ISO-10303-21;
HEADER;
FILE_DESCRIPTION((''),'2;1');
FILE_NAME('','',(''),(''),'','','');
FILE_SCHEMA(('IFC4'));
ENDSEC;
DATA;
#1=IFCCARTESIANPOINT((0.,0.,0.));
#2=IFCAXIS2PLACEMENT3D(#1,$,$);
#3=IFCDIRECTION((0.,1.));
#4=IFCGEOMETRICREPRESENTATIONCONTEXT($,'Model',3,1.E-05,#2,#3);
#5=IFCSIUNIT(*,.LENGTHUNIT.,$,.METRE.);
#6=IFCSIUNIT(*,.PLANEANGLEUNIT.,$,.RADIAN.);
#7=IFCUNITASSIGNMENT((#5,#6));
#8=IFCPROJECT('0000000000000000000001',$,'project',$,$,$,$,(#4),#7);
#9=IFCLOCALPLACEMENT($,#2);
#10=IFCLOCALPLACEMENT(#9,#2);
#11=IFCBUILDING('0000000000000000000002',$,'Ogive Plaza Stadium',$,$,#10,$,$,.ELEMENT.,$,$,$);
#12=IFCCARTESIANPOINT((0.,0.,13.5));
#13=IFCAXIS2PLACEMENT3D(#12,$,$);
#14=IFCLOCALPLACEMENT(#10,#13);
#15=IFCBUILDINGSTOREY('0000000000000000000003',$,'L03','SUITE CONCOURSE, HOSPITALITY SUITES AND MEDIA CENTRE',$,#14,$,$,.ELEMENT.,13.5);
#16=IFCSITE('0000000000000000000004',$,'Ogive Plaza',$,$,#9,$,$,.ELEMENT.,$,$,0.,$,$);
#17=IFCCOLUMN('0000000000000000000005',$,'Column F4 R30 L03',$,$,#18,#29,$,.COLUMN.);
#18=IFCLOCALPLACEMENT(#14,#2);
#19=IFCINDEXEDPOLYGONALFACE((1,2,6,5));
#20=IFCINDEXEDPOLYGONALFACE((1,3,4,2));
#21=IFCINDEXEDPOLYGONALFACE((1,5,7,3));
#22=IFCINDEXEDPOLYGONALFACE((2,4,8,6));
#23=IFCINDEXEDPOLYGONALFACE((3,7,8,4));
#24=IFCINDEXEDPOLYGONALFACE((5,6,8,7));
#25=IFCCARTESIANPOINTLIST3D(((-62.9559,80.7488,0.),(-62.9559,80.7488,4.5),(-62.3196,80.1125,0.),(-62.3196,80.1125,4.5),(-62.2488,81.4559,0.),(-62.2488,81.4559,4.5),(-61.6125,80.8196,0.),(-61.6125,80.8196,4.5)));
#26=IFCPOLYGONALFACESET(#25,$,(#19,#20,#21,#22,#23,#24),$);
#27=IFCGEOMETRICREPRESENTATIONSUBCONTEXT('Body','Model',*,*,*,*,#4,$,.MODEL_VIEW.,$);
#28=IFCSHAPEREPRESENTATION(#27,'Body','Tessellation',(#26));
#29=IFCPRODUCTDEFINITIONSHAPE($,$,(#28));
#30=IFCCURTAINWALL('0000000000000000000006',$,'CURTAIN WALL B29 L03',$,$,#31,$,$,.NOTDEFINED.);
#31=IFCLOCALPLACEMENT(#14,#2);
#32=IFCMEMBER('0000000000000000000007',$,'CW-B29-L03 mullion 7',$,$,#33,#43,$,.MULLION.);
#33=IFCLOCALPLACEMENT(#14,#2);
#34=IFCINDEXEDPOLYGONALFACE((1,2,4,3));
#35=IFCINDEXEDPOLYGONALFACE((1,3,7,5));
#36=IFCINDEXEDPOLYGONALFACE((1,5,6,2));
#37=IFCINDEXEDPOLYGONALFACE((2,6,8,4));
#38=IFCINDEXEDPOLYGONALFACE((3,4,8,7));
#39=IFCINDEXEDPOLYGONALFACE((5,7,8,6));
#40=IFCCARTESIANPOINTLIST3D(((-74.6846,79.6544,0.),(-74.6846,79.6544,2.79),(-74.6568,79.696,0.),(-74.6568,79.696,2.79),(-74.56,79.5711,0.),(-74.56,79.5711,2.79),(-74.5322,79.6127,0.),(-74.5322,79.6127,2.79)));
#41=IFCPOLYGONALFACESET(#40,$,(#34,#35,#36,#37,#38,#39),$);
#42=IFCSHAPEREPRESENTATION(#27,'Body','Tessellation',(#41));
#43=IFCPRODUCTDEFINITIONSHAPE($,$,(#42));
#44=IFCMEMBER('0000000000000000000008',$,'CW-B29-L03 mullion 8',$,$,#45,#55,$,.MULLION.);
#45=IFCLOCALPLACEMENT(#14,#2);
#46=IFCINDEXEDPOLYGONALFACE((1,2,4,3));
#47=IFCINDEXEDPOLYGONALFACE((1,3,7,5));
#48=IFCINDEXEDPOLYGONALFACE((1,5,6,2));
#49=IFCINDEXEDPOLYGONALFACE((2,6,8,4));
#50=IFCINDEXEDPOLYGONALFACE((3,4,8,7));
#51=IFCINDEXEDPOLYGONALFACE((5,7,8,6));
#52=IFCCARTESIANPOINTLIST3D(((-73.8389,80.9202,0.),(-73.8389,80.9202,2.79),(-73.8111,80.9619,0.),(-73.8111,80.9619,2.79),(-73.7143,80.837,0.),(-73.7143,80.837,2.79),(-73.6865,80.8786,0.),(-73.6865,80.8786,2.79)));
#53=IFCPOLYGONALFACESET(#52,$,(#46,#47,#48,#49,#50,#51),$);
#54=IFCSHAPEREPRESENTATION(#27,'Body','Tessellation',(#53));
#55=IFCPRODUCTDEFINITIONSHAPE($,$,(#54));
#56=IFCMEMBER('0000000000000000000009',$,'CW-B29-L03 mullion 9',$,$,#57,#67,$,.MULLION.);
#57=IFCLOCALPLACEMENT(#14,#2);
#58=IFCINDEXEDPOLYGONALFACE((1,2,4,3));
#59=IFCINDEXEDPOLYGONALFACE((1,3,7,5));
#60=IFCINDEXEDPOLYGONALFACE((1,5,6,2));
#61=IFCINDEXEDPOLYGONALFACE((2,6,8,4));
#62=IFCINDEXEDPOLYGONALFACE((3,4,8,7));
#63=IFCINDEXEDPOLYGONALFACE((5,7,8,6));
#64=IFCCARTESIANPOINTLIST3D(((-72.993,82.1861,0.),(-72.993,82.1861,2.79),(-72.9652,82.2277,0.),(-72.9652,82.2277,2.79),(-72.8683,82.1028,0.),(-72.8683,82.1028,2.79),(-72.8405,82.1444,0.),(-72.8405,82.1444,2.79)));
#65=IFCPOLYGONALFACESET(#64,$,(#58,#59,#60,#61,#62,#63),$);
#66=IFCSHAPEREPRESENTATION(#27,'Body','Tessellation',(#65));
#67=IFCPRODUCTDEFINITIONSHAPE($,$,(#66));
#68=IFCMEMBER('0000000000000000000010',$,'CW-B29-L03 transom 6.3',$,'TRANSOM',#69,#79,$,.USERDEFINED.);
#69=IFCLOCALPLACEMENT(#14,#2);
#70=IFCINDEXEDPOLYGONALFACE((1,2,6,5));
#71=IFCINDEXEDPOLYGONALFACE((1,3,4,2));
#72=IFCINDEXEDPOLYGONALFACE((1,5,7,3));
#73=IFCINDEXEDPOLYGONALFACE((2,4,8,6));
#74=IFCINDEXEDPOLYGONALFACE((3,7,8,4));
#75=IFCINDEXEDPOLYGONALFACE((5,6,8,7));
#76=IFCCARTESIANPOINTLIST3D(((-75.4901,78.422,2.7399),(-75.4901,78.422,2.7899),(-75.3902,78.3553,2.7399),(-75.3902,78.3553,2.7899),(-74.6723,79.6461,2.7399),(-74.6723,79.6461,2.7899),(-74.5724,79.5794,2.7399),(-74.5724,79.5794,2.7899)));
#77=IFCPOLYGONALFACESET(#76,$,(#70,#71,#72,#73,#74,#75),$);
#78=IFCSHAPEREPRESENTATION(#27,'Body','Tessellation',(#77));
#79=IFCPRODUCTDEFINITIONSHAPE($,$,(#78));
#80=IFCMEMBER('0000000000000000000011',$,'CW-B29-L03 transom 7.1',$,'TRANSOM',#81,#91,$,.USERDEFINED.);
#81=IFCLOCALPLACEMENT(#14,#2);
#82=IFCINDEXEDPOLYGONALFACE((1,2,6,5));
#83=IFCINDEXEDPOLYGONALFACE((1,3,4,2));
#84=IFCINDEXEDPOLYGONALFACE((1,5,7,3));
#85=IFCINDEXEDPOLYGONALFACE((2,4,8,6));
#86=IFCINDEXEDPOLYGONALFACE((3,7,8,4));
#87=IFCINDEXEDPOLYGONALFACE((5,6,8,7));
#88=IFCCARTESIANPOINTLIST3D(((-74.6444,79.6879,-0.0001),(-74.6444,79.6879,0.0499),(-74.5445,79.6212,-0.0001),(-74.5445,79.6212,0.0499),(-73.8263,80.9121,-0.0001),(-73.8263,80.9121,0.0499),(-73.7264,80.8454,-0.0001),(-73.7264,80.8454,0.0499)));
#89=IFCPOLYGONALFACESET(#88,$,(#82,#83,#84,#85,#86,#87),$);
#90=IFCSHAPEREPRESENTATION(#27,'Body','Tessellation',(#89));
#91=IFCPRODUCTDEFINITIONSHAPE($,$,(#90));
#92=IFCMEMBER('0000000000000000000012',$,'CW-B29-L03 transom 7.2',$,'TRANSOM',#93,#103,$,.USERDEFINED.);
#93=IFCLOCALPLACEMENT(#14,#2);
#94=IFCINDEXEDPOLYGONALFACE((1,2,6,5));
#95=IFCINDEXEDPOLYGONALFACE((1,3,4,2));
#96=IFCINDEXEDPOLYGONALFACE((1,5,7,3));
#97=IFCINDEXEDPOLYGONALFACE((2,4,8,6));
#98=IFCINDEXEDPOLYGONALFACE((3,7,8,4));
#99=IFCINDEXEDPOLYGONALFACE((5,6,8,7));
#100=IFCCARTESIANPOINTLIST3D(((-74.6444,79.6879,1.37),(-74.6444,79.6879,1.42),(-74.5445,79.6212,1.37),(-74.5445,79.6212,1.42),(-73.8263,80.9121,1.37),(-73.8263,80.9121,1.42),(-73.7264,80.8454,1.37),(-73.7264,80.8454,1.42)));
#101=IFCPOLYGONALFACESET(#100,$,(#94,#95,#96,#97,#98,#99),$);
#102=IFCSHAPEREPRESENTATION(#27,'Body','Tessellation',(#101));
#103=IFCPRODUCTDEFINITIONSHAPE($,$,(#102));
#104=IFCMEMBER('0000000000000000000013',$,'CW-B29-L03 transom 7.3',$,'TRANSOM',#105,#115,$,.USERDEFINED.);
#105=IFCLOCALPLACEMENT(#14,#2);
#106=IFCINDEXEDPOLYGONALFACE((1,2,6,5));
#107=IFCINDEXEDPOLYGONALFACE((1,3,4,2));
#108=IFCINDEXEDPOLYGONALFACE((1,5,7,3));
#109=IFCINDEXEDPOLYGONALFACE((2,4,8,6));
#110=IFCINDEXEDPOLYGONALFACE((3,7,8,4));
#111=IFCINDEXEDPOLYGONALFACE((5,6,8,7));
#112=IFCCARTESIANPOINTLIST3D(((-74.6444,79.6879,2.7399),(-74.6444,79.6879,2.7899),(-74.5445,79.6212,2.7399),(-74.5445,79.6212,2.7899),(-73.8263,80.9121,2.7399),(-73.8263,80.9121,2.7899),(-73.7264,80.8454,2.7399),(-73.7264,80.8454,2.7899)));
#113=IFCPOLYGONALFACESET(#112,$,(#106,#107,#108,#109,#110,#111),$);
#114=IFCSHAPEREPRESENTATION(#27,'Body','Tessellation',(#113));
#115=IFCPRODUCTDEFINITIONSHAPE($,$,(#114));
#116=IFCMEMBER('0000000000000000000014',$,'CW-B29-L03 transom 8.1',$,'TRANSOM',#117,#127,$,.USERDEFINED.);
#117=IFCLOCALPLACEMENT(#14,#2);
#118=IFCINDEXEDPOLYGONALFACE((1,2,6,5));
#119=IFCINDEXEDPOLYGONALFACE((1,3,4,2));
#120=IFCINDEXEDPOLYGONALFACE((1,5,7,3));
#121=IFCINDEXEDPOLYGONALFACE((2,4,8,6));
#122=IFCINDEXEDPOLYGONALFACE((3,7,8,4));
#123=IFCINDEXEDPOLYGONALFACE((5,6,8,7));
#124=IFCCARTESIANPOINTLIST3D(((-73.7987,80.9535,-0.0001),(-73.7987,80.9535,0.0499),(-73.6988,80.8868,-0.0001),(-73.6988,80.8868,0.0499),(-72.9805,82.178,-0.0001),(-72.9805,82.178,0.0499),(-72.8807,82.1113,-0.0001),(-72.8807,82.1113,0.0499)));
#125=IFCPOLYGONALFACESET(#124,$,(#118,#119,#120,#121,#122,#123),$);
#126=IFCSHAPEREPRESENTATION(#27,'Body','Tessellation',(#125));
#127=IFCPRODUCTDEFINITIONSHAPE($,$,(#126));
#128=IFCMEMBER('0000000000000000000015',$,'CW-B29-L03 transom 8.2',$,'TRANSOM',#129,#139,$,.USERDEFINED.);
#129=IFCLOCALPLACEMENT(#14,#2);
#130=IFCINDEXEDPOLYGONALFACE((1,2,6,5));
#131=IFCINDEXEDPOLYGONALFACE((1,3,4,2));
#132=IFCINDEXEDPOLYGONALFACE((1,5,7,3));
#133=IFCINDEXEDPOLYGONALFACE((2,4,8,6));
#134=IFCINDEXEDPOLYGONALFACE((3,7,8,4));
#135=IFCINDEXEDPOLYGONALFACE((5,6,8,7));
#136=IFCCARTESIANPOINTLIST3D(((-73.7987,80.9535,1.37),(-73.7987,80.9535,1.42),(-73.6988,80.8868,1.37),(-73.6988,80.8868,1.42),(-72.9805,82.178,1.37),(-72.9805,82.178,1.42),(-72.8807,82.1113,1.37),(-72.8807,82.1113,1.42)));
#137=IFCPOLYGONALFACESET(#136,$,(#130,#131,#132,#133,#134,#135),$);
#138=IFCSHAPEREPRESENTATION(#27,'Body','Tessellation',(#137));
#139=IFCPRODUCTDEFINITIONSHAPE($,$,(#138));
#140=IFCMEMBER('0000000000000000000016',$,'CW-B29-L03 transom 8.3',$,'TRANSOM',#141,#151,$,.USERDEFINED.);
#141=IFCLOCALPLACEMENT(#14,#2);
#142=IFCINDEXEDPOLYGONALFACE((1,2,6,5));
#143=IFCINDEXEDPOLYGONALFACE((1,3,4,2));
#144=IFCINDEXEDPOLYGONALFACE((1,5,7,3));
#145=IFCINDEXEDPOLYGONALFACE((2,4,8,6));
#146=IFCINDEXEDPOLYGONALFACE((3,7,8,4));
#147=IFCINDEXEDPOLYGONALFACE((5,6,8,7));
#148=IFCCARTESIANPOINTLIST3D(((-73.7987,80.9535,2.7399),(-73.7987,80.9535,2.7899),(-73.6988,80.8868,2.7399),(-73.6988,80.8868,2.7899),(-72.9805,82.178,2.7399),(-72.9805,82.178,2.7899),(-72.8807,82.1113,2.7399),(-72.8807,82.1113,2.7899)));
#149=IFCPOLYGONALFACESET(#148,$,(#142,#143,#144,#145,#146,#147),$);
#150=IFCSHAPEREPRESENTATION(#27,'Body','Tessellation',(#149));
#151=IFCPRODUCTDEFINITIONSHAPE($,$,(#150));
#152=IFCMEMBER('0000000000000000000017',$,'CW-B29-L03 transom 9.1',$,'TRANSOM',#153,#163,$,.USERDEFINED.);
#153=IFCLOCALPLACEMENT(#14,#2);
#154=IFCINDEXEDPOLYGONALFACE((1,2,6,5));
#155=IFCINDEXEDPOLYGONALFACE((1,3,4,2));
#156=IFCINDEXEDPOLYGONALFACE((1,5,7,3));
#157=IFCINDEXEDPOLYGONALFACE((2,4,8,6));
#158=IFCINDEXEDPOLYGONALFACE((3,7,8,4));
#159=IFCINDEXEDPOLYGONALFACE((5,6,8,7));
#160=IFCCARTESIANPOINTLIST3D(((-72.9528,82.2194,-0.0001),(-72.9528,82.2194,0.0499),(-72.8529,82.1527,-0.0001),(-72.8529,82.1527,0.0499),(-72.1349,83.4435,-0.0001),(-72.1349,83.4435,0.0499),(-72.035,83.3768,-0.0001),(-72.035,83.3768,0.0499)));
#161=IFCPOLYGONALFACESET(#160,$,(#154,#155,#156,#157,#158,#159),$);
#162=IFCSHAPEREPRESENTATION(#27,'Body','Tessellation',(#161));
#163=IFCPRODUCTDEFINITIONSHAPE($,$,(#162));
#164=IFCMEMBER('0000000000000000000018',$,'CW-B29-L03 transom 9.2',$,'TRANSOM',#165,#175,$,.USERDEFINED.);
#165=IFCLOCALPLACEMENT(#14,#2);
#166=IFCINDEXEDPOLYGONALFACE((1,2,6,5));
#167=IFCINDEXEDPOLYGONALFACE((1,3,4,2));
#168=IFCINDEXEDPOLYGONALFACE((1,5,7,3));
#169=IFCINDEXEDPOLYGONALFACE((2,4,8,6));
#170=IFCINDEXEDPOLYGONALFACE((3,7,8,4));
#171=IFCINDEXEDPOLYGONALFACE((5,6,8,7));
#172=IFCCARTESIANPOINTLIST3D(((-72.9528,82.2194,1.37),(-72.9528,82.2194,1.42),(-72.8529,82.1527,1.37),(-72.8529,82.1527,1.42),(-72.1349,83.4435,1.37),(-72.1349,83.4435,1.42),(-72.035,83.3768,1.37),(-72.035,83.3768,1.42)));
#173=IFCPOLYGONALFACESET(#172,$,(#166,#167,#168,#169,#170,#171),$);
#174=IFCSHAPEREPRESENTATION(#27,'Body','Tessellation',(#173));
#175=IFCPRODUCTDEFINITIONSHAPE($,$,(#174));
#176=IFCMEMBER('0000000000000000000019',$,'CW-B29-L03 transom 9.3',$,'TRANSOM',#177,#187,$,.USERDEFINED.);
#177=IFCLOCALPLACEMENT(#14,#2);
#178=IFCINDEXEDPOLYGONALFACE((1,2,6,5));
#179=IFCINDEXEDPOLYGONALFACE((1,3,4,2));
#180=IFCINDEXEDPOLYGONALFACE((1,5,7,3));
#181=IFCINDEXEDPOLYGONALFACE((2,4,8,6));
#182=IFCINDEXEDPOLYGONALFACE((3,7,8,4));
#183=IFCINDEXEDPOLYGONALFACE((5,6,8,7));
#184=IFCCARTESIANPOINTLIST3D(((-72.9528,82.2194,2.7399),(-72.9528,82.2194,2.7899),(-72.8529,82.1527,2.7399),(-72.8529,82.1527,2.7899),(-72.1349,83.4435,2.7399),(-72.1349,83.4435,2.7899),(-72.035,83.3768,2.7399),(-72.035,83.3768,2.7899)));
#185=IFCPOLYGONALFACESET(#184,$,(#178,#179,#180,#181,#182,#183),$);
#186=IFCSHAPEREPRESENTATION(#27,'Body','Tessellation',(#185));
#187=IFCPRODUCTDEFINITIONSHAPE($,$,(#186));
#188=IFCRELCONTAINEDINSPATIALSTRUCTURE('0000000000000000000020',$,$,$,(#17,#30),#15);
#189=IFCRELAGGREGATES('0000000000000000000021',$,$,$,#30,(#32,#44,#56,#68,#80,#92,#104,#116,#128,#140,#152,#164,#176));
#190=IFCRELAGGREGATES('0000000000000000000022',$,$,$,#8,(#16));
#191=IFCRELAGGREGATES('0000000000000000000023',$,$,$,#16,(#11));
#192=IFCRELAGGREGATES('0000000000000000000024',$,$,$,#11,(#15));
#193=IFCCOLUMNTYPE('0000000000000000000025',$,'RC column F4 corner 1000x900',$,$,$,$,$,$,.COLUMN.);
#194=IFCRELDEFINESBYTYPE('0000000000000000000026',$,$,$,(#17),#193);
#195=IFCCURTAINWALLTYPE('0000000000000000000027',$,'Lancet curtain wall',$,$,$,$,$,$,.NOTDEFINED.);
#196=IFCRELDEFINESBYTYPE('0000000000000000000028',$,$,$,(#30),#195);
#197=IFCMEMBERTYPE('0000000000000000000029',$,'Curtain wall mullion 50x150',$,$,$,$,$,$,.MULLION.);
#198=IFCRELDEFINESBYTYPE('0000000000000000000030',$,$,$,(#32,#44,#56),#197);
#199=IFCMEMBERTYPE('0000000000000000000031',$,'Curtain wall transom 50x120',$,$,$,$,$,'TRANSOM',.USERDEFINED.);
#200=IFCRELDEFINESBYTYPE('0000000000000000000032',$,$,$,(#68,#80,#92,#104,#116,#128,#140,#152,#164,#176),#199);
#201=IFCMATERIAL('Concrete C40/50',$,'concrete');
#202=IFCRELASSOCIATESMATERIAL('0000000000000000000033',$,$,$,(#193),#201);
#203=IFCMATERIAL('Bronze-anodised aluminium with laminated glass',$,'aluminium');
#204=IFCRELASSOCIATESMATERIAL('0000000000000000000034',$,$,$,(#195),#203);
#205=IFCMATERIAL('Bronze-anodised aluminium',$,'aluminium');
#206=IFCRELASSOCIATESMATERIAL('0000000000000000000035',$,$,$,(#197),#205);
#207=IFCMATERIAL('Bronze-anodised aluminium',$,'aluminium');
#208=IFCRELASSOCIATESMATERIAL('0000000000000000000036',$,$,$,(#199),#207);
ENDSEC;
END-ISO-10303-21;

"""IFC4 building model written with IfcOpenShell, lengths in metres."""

from ifc_helpers import new_model, si_unit, direction, frame, origin, origin_2d, place, context, subcontext, project, spatial, rectangle, extrude, material, material_profile, profile_set, type_object, element, aggregate, save


model = new_model("IFC4")

# Units and contexts
model_context = context("Model", 3, precision=1e-05, world=origin(), true_north=direction((0.0, 1.0)))
body_context = subcontext(model_context, "Body", "Model", "MODEL_VIEW")
ifc_project = project(units=[si_unit("LENGTHUNIT", "METRE"), si_unit("PLANEANGLEUNIT", "RADIAN")], contexts=[model_context])

# Site, building, storey
site_placement = place(None, origin())
site = spatial("IfcSite", under=ifc_project, at=site_placement, Name="Ogive Plaza", CompositionType="ELEMENT", RefElevation=0.0)
building_placement = place(site_placement, origin())
building = spatial("IfcBuilding", under=site, at=building_placement, Name="Ogive Plaza Stadium", CompositionType="ELEMENT")
storey_placement = place(building_placement, frame((0.0, 0.0, 13.5)))
storey = spatial("IfcBuildingStorey", under=building, at=storey_placement, Name="L03", Description="SUITE CONCOURSE, HOSPITALITY SUITES AND MEDIA CENTRE", CompositionType="ELEMENT", Elevation=13.5)

# Column
ifc_material_1 = material(Name="Concrete C40/50", Category="concrete")
ifc_material_profile_1 = material_profile(ifc_material_1, rectangle(XDim=1.0, YDim=0.8999, at=origin_2d()), Name="RC 1000x900")
ifc_profile_set_1 = profile_set([ifc_material_profile_1], Name="Concrete C40/50")
column_type = type_object("IfcColumnType", Name="RC column F4 corner 1000x900", PredefinedType="COLUMN", material=ifc_profile_set_1)
column_placement = place(storey_placement, frame((-62.2842, 80.7842, 0.0), z_axis=(0.0, 0.0, 1.0), x_axis=(-0.707107, -0.707107, 0.0)))
element("IfcColumn", 1, at=column_placement, inside=storey, type_object=column_type, Name="Column F4 R30 L03", PredefinedType="COLUMN", context=body_context, shape_type="SweptSolid", body=[
    extrude(rectangle(XDim=1.0, YDim=0.8999, at=origin_2d()), origin(), (0.0, 0.0, 1.0), 4.5),
])

# Curtain wall, members
ifc_material_2 = material(Name="Bronze-anodised aluminium with laminated glass", Category="aluminium")
curtain_wall_type = type_object("IfcCurtainWallType", Name="Lancet curtain wall", PredefinedType="NOTDEFINED", material=ifc_material_2)
curtain_wall_placement = place(storey_placement, origin())
curtain_wall = element("IfcCurtainWall", 2, at=curtain_wall_placement, inside=storey, type_object=curtain_wall_type, Name="CURTAIN WALL B29 L03", PredefinedType="NOTDEFINED")
ifc_material_3 = material(Name="Bronze-anodised aluminium", Category="aluminium")
ifc_material_profile_2 = material_profile(ifc_material_3, rectangle(XDim=0.1499, YDim=0.05, at=origin_2d()), Name="AL 150x50")
ifc_profile_set_2 = profile_set([ifc_material_profile_2], Name="Bronze-anodised aluminium")
member_type_1 = type_object("IfcMemberType", Name="Curtain wall mullion 50x150", PredefinedType="MULLION", material=ifc_profile_set_2)
member_1_placement = place(storey_placement, frame((-74.6084, 79.6335, 0.0), z_axis=(0.0, 0.0, 1.0), x_axis=(-0.83147, 0.55557, 0.0)))
member_1 = element("IfcMember", 3, at=member_1_placement, type_object=member_type_1, Name="CW-B29-L03 mullion 7", PredefinedType="MULLION", context=body_context, shape_type="SweptSolid", body=[
    extrude(rectangle(XDim=0.1499, YDim=0.05, at=origin_2d()), origin(), (0.0, 0.0, 1.0), 2.79),
])
member_2_placement = place(storey_placement, frame((-73.7627, 80.8994, 0.0), z_axis=(0.0, 0.0, 1.0), x_axis=(-0.83147, 0.55557, 0.0)))
member_2 = element("IfcMember", 4, at=member_2_placement, type_object=member_type_1, Name="CW-B29-L03 mullion 8", PredefinedType="MULLION", context=body_context, shape_type="SweptSolid", body=[
    extrude(rectangle(XDim=0.1499, YDim=0.05, at=origin_2d()), origin(), (0.0, 0.0, 1.0), 2.79),
])
member_3_placement = place(storey_placement, frame((-72.9167, 82.1653, 0.0), z_axis=(0.0, 0.0, 1.0), x_axis=(-0.83147, 0.55557, 0.0)))
member_3 = element("IfcMember", 5, at=member_3_placement, type_object=member_type_1, Name="CW-B29-L03 mullion 9", PredefinedType="MULLION", context=body_context, shape_type="SweptSolid", body=[
    extrude(rectangle(XDim=0.1499, YDim=0.05, at=origin_2d()), origin(), (0.0, 0.0, 1.0), 2.79),
])
ifc_material_4 = material(Name="Bronze-anodised aluminium", Category="aluminium")
ifc_material_profile_3 = material_profile(ifc_material_4, rectangle(XDim=0.1201, YDim=0.05, at=origin_2d()), Name="AL 120x50")
ifc_profile_set_3 = profile_set([ifc_material_profile_3], Name="Bronze-anodised aluminium")
member_type_2 = type_object("IfcMemberType", Name="Curtain wall transom 50x120", ElementType="TRANSOM", PredefinedType="USERDEFINED", material=ifc_profile_set_3)
member_4_placement = place(storey_placement, frame((-75.4402, 78.3887, 2.7649), z_axis=(0.555542, 0.831489, 0.0), x_axis=(-0.831489, 0.555542, 0.0)))
member_4 = element("IfcMember", 6, at=member_4_placement, type_object=member_type_2, Name="CW-B29-L03 transom 6.3", ObjectType="TRANSOM", PredefinedType="USERDEFINED", context=body_context, shape_type="SweptSolid", body=[
    extrude(rectangle(XDim=0.1201, YDim=0.05, at=origin_2d()), origin(), (0.0, 0.0, 1.0), 1.4722),
])
member_5_placement = place(storey_placement, frame((-74.5945, 79.6545, 0.0249), z_axis=(0.555656, 0.831412, 0.0), x_axis=(-0.831412, 0.555656, 0.0)))
member_5 = element("IfcMember", 7, at=member_5_placement, type_object=member_type_2, Name="CW-B29-L03 transom 7.1", ObjectType="TRANSOM", PredefinedType="USERDEFINED", context=body_context, shape_type="SweptSolid", body=[
    extrude(rectangle(XDim=0.1201, YDim=0.05, at=origin_2d()), origin(), (0.0, 0.0, 1.0), 1.4724),
])
member_6_placement = place(storey_placement, frame((-74.5945, 79.6545, 1.395), z_axis=(0.555656, 0.831412, 0.0), x_axis=(-0.831412, 0.555656, 0.0)))
member_6 = element("IfcMember", 8, at=member_6_placement, type_object=member_type_2, Name="CW-B29-L03 transom 7.2", ObjectType="TRANSOM", PredefinedType="USERDEFINED", context=body_context, shape_type="SweptSolid", body=[
    extrude(rectangle(XDim=0.1201, YDim=0.05, at=origin_2d()), origin(), (0.0, 0.0, 1.0), 1.4724),
])
member_7_placement = place(storey_placement, frame((-74.5945, 79.6545, 2.7649), z_axis=(0.555656, 0.831412, 0.0), x_axis=(-0.831412, 0.555656, 0.0)))
member_7 = element("IfcMember", 9, at=member_7_placement, type_object=member_type_2, Name="CW-B29-L03 transom 7.3", ObjectType="TRANSOM", PredefinedType="USERDEFINED", context=body_context, shape_type="SweptSolid", body=[
    extrude(rectangle(XDim=0.1201, YDim=0.05, at=origin_2d()), origin(), (0.0, 0.0, 1.0), 1.4724),
])
member_8_placement = place(storey_placement, frame((-73.7488, 80.9202, 0.0249), z_axis=(0.55558, 0.831463, 0.0), x_axis=(-0.831463, 0.55558, 0.0)))
member_8 = element("IfcMember", 10, at=member_8_placement, type_object=member_type_2, Name="CW-B29-L03 transom 8.1", ObjectType="TRANSOM", PredefinedType="USERDEFINED", context=body_context, shape_type="SweptSolid", body=[
    extrude(rectangle(XDim=0.1201, YDim=0.05, at=origin_2d()), origin(), (0.0, 0.0, 1.0), 1.4727),
])
member_9_placement = place(storey_placement, frame((-73.7488, 80.9202, 1.395), z_axis=(0.55558, 0.831463, 0.0), x_axis=(-0.831463, 0.55558, 0.0)))
member_9 = element("IfcMember", 11, at=member_9_placement, type_object=member_type_2, Name="CW-B29-L03 transom 8.2", ObjectType="TRANSOM", PredefinedType="USERDEFINED", context=body_context, shape_type="SweptSolid", body=[
    extrude(rectangle(XDim=0.1201, YDim=0.05, at=origin_2d()), origin(), (0.0, 0.0, 1.0), 1.4727),
])
member_10_placement = place(storey_placement, frame((-73.7488, 80.9202, 2.7649), z_axis=(0.55558, 0.831463, 0.0), x_axis=(-0.831463, 0.55558, 0.0)))
member_10 = element("IfcMember", 12, at=member_10_placement, type_object=member_type_2, Name="CW-B29-L03 transom 8.3", ObjectType="TRANSOM", PredefinedType="USERDEFINED", context=body_context, shape_type="SweptSolid", body=[
    extrude(rectangle(XDim=0.1201, YDim=0.05, at=origin_2d()), origin(), (0.0, 0.0, 1.0), 1.4727),
])
member_11_placement = place(storey_placement, frame((-72.9028, 82.186, 0.0249), z_axis=(0.555542, 0.831489, 0.0), x_axis=(-0.831489, 0.555542, 0.0)))
member_11 = element("IfcMember", 13, at=member_11_placement, type_object=member_type_2, Name="CW-B29-L03 transom 9.1", ObjectType="TRANSOM", PredefinedType="USERDEFINED", context=body_context, shape_type="SweptSolid", body=[
    extrude(rectangle(XDim=0.1201, YDim=0.05, at=origin_2d()), origin(), (0.0, 0.0, 1.0), 1.4722),
])
member_12_placement = place(storey_placement, frame((-72.9028, 82.186, 1.395), z_axis=(0.555542, 0.831489, 0.0), x_axis=(-0.831489, 0.555542, 0.0)))
member_12 = element("IfcMember", 14, at=member_12_placement, type_object=member_type_2, Name="CW-B29-L03 transom 9.2", ObjectType="TRANSOM", PredefinedType="USERDEFINED", context=body_context, shape_type="SweptSolid", body=[
    extrude(rectangle(XDim=0.1201, YDim=0.05, at=origin_2d()), origin(), (0.0, 0.0, 1.0), 1.4722),
])
member_13_placement = place(storey_placement, frame((-72.9028, 82.186, 2.7649), z_axis=(0.555542, 0.831489, 0.0), x_axis=(-0.831489, 0.555542, 0.0)))
member_13 = element("IfcMember", 15, at=member_13_placement, type_object=member_type_2, Name="CW-B29-L03 transom 9.3", ObjectType="TRANSOM", PredefinedType="USERDEFINED", context=body_context, shape_type="SweptSolid", body=[
    extrude(rectangle(XDim=0.1201, YDim=0.05, at=origin_2d()), origin(), (0.0, 0.0, 1.0), 1.4722),
])

aggregate(curtain_wall, [member_1, member_2, member_3, member_4, member_5, member_6, member_7, member_8, member_9, member_10, member_11, member_12, member_13])

save(model, "model.ifc")
